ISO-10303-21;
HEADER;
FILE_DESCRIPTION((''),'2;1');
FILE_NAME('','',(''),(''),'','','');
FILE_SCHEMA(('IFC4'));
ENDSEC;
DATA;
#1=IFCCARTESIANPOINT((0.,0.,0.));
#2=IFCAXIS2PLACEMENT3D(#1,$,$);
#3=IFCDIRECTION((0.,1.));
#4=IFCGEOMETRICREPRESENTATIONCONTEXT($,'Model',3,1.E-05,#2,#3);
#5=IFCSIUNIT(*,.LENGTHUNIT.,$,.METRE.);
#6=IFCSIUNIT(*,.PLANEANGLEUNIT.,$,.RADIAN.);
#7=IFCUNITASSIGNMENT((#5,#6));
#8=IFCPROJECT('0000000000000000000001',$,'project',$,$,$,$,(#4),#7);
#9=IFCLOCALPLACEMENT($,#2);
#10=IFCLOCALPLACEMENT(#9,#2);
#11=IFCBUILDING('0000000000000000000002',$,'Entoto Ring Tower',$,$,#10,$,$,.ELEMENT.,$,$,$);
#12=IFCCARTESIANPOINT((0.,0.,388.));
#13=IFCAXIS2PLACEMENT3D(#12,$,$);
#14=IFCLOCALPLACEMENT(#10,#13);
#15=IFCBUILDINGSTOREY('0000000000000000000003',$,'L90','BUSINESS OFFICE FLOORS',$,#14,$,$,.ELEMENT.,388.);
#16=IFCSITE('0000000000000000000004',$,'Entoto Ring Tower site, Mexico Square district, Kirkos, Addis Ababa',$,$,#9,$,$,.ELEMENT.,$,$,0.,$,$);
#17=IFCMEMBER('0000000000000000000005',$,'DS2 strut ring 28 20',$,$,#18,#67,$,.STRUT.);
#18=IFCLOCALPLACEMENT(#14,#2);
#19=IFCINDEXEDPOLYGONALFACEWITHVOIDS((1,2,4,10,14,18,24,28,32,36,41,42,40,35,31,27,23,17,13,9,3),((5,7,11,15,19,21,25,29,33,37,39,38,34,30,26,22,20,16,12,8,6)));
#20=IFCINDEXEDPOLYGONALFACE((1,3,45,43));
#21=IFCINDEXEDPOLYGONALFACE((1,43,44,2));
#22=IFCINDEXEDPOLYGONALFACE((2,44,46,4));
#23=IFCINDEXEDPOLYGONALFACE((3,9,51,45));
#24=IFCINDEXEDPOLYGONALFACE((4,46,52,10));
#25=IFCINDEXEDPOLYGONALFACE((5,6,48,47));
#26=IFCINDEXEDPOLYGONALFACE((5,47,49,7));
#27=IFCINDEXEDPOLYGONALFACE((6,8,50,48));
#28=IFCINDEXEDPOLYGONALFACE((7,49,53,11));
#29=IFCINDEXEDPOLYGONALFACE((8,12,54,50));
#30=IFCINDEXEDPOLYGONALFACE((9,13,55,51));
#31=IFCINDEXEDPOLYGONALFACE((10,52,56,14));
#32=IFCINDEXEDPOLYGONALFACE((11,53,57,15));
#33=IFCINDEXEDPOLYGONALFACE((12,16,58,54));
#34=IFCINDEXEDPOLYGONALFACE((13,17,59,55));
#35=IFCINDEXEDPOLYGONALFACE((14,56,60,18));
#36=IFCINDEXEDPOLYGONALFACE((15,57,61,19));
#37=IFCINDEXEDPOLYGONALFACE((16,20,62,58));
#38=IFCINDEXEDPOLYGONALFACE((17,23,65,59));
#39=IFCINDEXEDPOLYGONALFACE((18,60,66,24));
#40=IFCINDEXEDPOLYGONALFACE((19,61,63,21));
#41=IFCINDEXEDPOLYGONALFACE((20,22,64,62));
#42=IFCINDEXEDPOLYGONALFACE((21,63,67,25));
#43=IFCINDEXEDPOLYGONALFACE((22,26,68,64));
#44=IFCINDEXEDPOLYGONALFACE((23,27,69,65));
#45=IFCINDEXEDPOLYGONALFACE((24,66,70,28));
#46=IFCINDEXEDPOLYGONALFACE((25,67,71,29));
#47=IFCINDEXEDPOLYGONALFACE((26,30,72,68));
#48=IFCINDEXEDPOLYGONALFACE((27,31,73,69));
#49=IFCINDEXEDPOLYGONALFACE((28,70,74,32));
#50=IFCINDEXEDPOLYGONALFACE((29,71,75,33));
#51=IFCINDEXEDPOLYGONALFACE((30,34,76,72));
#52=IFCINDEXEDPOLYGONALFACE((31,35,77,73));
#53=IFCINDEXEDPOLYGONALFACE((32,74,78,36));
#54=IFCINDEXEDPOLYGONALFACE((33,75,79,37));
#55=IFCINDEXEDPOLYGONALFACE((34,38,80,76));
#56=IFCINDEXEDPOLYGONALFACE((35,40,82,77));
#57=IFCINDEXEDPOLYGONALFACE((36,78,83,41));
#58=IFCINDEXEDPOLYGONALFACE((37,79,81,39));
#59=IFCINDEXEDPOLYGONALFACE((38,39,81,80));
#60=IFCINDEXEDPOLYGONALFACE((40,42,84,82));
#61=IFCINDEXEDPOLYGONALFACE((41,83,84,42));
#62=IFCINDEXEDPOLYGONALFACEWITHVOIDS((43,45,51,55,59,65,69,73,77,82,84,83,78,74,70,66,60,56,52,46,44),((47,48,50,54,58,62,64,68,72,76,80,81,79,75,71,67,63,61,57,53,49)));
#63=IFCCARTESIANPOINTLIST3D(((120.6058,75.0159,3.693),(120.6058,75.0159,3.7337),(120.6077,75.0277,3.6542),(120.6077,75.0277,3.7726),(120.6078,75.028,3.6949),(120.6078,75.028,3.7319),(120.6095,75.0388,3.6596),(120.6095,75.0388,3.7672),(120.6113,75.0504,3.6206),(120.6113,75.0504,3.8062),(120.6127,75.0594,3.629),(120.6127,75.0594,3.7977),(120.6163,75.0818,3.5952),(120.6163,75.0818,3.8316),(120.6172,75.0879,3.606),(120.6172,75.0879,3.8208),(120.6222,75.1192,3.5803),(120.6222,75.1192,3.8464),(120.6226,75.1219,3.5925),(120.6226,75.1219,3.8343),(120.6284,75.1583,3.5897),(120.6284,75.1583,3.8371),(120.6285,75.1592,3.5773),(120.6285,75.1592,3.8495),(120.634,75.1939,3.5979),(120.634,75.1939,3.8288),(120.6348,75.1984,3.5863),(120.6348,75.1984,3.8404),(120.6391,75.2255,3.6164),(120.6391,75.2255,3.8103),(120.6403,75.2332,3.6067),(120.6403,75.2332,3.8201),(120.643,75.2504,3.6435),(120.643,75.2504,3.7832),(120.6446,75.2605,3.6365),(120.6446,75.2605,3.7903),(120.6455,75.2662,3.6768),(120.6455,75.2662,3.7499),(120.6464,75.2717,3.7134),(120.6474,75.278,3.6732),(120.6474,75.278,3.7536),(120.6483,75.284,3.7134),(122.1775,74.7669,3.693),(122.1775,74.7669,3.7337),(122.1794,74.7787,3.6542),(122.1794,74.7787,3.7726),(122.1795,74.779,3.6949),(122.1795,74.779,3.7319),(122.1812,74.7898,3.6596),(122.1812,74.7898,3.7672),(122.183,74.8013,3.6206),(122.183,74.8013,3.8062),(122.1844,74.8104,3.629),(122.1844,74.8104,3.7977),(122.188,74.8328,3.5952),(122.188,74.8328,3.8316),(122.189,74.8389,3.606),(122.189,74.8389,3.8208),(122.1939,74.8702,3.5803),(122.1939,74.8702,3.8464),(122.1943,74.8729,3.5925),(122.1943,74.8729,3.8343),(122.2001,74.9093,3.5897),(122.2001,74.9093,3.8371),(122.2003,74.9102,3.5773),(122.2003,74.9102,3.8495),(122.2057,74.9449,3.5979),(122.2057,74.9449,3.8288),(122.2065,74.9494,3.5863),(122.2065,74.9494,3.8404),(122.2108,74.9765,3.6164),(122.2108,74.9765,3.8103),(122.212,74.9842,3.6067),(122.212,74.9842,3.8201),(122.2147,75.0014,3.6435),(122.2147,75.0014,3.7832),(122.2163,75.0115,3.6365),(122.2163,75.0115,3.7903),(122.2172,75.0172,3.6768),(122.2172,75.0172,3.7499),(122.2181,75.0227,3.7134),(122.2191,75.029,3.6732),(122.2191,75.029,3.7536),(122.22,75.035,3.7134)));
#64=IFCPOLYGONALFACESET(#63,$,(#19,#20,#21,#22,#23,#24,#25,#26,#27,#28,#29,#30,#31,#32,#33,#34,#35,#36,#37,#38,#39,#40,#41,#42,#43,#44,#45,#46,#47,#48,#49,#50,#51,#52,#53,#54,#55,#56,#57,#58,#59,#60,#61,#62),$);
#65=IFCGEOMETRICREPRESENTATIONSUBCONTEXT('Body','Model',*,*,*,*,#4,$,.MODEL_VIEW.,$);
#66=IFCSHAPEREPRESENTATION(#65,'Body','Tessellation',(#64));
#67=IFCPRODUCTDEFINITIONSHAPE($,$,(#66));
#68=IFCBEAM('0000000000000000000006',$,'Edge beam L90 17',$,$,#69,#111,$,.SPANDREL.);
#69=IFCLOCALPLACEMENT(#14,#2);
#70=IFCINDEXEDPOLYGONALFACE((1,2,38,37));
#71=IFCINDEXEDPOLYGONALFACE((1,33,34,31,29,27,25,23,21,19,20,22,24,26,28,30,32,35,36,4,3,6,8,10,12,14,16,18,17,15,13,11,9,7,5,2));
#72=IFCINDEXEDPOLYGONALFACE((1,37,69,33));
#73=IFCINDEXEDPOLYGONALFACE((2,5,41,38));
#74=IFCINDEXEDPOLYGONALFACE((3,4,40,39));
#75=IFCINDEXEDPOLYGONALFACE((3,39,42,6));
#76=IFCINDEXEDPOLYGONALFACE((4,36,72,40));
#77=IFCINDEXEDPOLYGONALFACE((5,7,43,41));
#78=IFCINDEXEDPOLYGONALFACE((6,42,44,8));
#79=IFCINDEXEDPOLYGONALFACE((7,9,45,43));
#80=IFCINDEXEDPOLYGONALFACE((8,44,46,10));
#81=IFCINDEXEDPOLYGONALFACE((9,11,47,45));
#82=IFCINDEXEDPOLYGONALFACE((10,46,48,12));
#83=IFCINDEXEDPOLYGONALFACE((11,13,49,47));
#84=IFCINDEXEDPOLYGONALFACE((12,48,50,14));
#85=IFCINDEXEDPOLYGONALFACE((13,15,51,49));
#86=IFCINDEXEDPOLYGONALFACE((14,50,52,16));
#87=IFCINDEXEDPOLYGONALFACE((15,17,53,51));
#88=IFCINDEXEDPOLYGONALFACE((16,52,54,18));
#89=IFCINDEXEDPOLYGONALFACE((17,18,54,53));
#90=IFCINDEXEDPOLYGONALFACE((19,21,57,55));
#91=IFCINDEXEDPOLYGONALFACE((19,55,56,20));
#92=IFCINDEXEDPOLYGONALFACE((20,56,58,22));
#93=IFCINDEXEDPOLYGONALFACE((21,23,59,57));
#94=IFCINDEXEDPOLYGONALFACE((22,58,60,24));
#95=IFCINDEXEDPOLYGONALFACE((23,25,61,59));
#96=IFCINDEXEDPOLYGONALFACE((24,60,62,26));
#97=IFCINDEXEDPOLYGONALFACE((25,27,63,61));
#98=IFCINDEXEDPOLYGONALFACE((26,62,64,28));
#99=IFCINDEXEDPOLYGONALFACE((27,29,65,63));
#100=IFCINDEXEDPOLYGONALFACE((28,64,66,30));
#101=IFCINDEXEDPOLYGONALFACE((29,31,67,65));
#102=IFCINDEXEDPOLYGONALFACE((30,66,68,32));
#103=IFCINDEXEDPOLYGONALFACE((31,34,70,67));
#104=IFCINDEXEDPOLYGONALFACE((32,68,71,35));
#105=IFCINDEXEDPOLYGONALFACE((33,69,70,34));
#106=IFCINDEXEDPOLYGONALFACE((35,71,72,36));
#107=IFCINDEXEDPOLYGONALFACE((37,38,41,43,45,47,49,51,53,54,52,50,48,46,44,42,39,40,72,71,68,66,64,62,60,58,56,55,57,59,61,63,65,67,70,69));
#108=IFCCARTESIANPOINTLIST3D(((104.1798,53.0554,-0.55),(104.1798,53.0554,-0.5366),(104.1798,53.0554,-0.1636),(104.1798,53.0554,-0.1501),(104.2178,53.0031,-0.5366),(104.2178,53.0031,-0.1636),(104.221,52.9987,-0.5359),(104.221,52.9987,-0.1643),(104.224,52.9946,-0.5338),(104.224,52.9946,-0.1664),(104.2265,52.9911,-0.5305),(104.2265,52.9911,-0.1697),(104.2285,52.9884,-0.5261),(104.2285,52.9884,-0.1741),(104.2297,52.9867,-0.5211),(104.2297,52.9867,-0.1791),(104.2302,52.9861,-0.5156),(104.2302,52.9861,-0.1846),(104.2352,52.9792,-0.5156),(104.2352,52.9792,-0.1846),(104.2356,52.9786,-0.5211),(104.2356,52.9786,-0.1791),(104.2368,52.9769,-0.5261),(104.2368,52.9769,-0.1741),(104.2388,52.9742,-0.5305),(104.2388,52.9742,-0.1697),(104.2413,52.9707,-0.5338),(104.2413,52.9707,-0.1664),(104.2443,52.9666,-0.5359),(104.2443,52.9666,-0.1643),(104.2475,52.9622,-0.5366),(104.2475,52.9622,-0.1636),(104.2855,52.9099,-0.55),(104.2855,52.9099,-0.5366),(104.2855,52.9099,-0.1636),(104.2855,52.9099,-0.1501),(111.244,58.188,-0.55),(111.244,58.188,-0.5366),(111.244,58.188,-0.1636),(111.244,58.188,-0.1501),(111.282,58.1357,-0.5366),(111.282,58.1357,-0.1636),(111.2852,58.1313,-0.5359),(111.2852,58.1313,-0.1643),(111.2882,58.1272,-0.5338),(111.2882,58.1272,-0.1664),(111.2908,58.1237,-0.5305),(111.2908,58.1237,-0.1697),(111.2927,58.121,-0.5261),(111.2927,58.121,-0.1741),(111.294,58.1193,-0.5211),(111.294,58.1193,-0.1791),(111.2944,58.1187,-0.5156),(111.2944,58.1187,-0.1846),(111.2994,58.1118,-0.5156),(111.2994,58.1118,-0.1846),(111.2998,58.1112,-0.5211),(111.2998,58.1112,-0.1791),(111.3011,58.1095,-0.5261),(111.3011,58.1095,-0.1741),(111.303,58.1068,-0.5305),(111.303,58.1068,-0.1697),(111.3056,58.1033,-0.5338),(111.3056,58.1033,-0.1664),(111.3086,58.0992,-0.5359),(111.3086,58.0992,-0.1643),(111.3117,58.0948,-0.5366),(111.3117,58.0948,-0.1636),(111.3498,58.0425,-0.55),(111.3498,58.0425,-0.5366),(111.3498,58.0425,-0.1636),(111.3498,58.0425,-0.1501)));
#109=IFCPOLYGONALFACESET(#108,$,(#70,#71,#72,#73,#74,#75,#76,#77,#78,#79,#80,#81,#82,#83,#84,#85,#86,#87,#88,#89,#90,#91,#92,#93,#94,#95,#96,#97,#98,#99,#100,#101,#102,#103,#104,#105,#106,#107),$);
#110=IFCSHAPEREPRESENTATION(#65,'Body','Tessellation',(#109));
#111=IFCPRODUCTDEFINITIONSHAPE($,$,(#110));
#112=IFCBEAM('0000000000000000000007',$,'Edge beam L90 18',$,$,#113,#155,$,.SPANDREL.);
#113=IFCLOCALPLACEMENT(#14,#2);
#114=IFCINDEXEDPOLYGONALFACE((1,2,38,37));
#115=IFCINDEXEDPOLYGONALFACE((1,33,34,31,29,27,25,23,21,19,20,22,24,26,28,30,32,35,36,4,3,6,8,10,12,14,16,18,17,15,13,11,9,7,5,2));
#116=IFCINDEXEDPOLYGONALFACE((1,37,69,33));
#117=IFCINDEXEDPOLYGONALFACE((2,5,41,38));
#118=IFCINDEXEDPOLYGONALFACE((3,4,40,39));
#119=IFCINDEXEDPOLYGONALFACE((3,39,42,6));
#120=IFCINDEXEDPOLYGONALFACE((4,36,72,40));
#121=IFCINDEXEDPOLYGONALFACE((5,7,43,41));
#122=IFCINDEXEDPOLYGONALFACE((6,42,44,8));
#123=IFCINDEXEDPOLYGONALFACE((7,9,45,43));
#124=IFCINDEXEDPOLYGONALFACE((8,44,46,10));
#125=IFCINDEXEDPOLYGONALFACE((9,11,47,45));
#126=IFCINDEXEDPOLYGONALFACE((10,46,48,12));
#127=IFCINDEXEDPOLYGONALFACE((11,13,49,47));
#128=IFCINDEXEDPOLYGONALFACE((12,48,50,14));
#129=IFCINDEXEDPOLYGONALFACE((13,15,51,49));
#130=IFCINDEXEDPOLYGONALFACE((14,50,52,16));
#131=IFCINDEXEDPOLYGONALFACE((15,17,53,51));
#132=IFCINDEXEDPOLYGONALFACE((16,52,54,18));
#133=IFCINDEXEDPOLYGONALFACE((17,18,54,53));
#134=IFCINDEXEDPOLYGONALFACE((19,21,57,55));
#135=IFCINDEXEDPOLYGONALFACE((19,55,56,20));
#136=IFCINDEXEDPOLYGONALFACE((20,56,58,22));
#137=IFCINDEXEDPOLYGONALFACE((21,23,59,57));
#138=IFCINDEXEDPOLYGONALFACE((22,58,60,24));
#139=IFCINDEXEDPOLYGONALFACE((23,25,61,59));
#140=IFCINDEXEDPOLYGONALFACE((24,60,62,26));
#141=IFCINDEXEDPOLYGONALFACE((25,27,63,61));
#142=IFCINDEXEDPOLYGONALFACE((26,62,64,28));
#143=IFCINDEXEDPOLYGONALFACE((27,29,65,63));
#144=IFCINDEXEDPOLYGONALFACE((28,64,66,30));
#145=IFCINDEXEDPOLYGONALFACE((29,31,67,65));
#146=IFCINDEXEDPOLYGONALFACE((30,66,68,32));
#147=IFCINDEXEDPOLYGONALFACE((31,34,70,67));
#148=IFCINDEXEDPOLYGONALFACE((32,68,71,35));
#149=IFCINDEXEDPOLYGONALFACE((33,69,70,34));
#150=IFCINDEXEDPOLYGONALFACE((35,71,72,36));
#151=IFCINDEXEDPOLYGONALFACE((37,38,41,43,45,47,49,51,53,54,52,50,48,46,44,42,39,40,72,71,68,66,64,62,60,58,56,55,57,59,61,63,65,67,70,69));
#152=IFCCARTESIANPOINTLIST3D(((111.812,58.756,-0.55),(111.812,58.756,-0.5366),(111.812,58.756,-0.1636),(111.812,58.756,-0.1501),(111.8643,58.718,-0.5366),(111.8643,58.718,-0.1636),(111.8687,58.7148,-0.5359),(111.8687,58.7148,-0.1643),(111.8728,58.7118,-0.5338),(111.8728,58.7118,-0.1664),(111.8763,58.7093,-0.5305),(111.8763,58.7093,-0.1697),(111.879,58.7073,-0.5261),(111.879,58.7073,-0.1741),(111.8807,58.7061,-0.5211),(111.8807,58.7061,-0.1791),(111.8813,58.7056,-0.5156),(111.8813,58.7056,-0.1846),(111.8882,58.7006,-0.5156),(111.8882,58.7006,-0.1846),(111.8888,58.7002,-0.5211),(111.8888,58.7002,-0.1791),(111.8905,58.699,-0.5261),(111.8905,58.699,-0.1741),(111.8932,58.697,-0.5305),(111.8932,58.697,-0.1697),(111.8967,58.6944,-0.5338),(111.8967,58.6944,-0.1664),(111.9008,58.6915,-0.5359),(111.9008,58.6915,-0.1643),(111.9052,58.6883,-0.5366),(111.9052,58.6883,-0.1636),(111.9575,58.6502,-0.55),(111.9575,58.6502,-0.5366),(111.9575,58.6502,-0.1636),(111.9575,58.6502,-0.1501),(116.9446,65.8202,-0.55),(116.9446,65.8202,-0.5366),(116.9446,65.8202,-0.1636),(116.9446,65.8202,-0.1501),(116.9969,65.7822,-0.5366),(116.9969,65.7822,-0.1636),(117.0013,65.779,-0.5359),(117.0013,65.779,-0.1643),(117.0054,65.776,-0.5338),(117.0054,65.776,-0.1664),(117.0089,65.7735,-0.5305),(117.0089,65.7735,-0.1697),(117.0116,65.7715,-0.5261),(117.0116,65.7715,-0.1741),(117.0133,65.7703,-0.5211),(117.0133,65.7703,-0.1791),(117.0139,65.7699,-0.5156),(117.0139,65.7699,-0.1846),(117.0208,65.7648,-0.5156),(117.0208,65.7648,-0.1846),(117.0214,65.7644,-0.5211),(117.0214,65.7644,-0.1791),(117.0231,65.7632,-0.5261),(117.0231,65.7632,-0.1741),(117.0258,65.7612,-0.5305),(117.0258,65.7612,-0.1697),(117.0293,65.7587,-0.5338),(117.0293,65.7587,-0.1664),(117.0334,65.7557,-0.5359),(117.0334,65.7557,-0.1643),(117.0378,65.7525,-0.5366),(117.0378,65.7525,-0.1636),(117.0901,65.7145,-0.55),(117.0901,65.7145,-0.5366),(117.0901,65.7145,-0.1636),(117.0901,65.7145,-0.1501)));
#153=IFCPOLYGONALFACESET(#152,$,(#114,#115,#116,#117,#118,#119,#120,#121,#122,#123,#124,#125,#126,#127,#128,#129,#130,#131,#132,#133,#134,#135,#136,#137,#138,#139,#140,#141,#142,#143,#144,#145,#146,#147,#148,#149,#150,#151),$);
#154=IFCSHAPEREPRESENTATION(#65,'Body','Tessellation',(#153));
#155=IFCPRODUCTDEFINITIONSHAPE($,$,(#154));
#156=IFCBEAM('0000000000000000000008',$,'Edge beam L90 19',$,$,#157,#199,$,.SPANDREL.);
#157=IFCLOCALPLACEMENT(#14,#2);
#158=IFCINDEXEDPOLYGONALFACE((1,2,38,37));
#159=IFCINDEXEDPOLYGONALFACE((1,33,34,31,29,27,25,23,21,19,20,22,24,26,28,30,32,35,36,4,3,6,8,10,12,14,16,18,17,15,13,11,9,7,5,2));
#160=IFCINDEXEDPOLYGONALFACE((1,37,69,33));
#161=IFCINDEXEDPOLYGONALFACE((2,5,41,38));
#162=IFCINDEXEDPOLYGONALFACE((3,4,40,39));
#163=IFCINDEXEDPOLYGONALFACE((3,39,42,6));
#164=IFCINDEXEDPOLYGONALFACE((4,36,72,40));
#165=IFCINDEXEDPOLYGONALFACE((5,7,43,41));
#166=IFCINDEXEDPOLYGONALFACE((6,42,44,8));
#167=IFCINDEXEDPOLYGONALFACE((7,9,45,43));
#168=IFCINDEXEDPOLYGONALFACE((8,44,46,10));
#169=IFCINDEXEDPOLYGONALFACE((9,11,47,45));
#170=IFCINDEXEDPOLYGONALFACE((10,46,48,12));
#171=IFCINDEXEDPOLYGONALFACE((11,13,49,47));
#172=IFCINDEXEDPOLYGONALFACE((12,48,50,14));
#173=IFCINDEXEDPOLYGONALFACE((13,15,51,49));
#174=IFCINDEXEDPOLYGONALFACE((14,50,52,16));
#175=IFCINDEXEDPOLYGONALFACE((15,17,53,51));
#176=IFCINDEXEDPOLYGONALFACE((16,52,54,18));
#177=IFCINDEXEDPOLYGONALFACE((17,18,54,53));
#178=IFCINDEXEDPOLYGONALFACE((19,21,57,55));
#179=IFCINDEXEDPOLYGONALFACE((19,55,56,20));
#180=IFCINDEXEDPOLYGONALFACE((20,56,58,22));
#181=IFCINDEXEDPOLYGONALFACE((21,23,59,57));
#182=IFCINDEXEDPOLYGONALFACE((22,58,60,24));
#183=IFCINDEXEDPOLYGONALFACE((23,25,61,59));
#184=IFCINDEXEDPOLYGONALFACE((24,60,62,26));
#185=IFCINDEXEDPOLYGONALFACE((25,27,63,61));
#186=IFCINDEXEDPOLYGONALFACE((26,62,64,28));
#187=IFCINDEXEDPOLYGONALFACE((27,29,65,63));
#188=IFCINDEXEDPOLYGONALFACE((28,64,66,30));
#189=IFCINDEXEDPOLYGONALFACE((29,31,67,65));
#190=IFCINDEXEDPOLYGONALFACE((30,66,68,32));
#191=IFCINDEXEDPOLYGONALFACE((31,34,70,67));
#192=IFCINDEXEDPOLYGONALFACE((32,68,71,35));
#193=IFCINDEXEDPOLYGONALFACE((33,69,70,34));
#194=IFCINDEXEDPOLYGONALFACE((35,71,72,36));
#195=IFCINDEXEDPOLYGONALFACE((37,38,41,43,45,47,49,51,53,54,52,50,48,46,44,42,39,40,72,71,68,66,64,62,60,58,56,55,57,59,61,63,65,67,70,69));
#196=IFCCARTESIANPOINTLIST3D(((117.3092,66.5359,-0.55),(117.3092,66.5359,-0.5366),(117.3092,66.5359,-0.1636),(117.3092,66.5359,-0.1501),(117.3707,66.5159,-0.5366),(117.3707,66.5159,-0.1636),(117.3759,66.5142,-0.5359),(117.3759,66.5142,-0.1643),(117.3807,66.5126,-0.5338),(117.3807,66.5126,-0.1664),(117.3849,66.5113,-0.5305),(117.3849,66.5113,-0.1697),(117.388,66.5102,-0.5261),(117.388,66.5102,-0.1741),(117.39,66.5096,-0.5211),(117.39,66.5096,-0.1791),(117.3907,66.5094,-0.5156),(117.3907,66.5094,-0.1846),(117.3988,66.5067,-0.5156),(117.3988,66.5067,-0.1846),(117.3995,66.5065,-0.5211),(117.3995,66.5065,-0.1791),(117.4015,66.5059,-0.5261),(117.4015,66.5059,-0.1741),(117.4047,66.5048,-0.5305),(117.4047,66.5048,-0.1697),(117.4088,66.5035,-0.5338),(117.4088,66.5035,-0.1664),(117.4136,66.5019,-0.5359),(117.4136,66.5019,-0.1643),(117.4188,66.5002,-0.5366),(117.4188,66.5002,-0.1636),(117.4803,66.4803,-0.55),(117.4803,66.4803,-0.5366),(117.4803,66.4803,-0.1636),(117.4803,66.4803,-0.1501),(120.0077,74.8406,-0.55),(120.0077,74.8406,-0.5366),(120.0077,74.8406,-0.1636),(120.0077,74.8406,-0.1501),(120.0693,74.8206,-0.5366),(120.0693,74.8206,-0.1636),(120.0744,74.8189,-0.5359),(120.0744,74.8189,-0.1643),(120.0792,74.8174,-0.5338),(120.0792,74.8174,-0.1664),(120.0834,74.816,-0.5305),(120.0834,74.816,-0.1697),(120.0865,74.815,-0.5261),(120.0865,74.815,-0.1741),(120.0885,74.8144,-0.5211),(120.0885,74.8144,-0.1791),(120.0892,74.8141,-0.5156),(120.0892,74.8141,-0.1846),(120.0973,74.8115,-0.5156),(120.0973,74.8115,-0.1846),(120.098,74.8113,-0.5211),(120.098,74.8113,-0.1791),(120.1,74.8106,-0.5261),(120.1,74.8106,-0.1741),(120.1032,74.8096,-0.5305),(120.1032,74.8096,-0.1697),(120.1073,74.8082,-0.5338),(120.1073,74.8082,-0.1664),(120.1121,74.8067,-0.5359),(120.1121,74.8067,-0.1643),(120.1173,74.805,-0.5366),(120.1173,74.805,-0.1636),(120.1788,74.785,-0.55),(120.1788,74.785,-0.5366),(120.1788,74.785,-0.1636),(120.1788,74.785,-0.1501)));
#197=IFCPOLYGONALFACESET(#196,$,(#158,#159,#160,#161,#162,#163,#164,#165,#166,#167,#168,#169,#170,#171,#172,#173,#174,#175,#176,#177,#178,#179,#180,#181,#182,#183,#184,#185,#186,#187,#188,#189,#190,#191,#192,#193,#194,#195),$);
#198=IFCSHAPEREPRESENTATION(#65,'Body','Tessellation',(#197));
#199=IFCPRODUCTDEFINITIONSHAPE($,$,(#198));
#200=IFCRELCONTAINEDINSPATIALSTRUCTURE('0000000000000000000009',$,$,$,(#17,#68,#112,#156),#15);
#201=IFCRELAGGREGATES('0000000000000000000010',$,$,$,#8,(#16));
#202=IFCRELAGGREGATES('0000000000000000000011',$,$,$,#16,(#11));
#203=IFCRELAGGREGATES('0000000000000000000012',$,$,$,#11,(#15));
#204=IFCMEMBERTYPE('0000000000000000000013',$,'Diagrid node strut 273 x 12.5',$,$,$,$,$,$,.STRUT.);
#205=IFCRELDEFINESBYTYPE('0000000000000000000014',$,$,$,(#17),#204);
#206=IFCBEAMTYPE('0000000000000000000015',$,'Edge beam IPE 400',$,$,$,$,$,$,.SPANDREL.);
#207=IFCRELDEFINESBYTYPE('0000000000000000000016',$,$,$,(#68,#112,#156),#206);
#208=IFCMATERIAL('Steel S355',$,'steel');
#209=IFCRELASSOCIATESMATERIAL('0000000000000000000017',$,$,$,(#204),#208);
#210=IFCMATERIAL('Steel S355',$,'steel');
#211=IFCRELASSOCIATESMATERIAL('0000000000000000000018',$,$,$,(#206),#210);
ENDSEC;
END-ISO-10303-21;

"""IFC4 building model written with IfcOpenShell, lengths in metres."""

from ifc_helpers import new_model, si_unit, direction, frame, origin, origin_2d, place, context, subcontext, project, spatial, circle, hollow_circle, i_section, extrude, material, material_profile, profile_set, type_object, element, save


model = new_model("IFC4")

# Units and contexts
model_context = context("Model", 3, precision=1e-05, world=origin(), true_north=direction((0.0, 1.0)))
body_context = subcontext(model_context, "Body", "Model", "MODEL_VIEW")
ifc_project = project(units=[si_unit("LENGTHUNIT", "METRE"), si_unit("PLANEANGLEUNIT", "RADIAN")], contexts=[model_context])

# Site, building, storey
site_placement = place(None, origin())
site = spatial("IfcSite", under=ifc_project, at=site_placement, Name="Entoto Ring Tower site, Mexico Square district, Kirkos, Addis Ababa", CompositionType="ELEMENT", RefElevation=0.0)
building_placement = place(site_placement, origin())
building = spatial("IfcBuilding", under=site, at=building_placement, Name="Entoto Ring Tower", CompositionType="ELEMENT")
storey_placement = place(building_placement, frame((0.0, 0.0, 388.0)))
storey = spatial("IfcBuildingStorey", under=building, at=storey_placement, Name="L90", Description="BUSINESS OFFICE FLOORS", CompositionType="ELEMENT", Elevation=388.0)

# Member
ifc_material_1 = material(Name="Steel S355", Category="steel")
ifc_material_profile_1 = material_profile(ifc_material_1, hollow_circle(Radius=0.1365, WallThickness=0.0125, at=origin_2d()), Name="CHS 273 x 12.5")
ifc_material_2 = material(Name="Concrete C60/75", Category="concrete")
ifc_material_profile_2 = material_profile(ifc_material_2, circle(Radius=0.124, at=origin_2d()), Name="Concrete C60/75 infill")
ifc_profile_set_1 = profile_set([ifc_material_profile_1, ifc_material_profile_2], Name="Steel S355")
member_type = type_object("IfcMemberType", Name="Diagrid node strut 273 x 12.5", PredefinedType="STRUT", material=ifc_profile_set_1)
for number, where, z_axis, x_axis, name in (
    (1, (120.627, 75.1492, 3.7134), (0.987681, -0.156483, 0.0), (0.156483, 0.987681, 0.0), "DS2 strut ring 28 20"),
):
    element("IfcMember", number, at=place(storey_placement, frame(where, z_axis=z_axis, x_axis=x_axis)), inside=storey, type_object=member_type, Name=name, PredefinedType="STRUT", context=body_context, shape_type="SweptSolid", body=[
        extrude(hollow_circle(Radius=0.1365, WallThickness=0.0125, at=origin_2d()), origin(), (0.0, 0.0, 1.0), 1.5913),
    ])

# Beams
ifc_material_3 = material(Name="Steel S355", Category="steel")
ifc_material_profile_3 = material_profile(ifc_material_3, i_section(OverallWidth=0.1799, OverallDepth=0.3999, WebThickness=0.0085, FlangeThickness=0.0134, FilletRadius=0.021, at=origin_2d()), Name="IPE 400")
ifc_profile_set_2 = profile_set([ifc_material_profile_3], Name="Steel S355")
beam_type_1 = type_object("IfcBeamType", Name="Edge beam IPE 400", PredefinedType="SPANDREL", material=ifc_profile_set_2)
for number, where, z_axis, x_axis, name in (
    (2, (104.2327, 52.9827, -0.3501), (0.80901, 0.587794, 0.0), (-0.587794, 0.80901, 0.0), "Edge beam L90 17"),
    (3, (111.8848, 58.7031, -0.3501), (0.587794, 0.80901, 0.0), (-0.80901, 0.587794, 0.0), "Edge beam L90 18"),
):
    element("IfcBeam", number, at=place(storey_placement, frame(where, z_axis=z_axis, x_axis=x_axis)), inside=storey, type_object=beam_type_1, Name=name, PredefinedType="SPANDREL", context=body_context, shape_type="SweptSolid", body=[
        extrude(i_section(OverallWidth=0.1799, OverallDepth=0.3999, WebThickness=0.0085, FlangeThickness=0.0134, FilletRadius=0.021, at=origin_2d()), origin(), (0.0, 0.0, 1.0), 8.7319),
    ])
beam_1_placement = place(storey_placement, frame((117.3948, 66.5081, -0.3501), z_axis=(0.30903, 0.951052, 0.0), x_axis=(-0.951052, 0.30903, 0.0)))
element("IfcBeam", 4, at=beam_1_placement, inside=storey, type_object=beam_type_1, Name="Edge beam L90 19", PredefinedType="SPANDREL", context=body_context, shape_type="SweptSolid", body=[
    extrude(i_section(OverallWidth=0.1799, OverallDepth=0.3999, WebThickness=0.0085, FlangeThickness=0.0134, FilletRadius=0.021, at=origin_2d()), origin(), (0.0, 0.0, 1.0), 8.7322),
])

save(model, "model.ifc")
